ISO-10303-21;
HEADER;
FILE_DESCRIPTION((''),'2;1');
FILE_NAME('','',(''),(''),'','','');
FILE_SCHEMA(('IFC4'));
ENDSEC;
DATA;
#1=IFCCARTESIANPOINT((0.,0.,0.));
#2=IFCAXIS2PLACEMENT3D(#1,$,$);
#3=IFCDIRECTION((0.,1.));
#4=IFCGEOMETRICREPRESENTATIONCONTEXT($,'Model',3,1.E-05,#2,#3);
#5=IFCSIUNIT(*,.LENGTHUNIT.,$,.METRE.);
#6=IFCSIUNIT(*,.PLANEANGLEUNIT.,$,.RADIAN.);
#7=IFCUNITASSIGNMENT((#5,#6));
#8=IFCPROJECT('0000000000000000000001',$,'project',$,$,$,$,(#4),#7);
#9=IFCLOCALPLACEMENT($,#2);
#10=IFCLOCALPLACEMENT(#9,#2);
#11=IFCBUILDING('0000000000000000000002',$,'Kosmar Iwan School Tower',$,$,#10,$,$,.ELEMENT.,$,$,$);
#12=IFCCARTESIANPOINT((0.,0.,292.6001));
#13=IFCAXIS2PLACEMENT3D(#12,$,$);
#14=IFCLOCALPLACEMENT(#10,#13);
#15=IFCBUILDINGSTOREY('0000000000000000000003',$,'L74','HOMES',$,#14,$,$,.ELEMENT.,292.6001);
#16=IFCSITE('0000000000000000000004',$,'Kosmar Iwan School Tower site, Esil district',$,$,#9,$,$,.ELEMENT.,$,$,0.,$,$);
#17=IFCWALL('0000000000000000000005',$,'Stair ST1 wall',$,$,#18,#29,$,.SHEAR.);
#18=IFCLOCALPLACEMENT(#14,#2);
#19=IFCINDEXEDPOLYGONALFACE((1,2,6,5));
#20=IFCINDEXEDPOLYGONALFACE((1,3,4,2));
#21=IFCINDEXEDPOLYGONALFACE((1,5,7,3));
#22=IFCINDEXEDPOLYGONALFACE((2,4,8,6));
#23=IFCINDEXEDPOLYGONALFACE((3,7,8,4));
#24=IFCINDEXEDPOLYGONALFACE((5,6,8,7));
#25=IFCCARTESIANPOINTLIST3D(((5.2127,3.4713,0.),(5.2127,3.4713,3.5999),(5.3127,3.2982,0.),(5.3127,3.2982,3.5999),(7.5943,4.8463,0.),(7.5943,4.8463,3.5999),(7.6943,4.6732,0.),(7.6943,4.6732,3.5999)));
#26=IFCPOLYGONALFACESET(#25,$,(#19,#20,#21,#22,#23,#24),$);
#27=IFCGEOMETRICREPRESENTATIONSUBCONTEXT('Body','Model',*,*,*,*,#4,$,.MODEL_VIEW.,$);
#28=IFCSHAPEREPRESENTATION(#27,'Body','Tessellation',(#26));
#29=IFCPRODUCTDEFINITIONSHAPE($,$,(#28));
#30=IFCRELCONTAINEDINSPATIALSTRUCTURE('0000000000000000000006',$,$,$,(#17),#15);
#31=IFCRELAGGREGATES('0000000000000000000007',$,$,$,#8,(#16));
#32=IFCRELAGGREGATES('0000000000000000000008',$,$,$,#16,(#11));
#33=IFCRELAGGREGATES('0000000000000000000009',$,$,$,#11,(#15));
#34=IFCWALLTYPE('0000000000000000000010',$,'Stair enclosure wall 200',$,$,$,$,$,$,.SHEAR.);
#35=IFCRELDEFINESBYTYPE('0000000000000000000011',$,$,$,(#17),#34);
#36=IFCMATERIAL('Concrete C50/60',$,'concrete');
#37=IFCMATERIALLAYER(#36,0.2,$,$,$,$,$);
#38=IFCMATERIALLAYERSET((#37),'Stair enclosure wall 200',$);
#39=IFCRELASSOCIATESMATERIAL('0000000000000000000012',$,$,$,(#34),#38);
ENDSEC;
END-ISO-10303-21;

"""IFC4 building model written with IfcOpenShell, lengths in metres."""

from ifc_helpers import new_model, si_unit, direction, frame, frame_2d, origin, place, context, subcontext, project, spatial, rectangle, extrude, material, layer, layer_set, type_object, element, save


model = new_model("IFC4")

# Units and contexts
model_context = context("Model", 3, precision=1e-05, world=origin(), true_north=direction((0.0, 1.0)))
body_context = subcontext(model_context, "Body", "Model", "MODEL_VIEW")
ifc_project = project(units=[si_unit("LENGTHUNIT", "METRE"), si_unit("PLANEANGLEUNIT", "RADIAN")], contexts=[model_context])

# Site, building, storey
site_placement = place(None, origin())
site = spatial("IfcSite", under=ifc_project, at=site_placement, Name="Kosmar Iwan School Tower site, Esil district", CompositionType="ELEMENT", RefElevation=0.0)
building_placement = place(site_placement, origin())
building = spatial("IfcBuilding", under=site, at=building_placement, Name="Kosmar Iwan School Tower", CompositionType="ELEMENT")
storey_placement = place(building_placement, frame((0.0, 0.0, 292.6001)))
storey = spatial("IfcBuildingStorey", under=building, at=storey_placement, Name="L74", Description="HOMES", CompositionType="ELEMENT", Elevation=292.6001)

# Wall
ifc_material_1 = material(Name="Concrete C50/60", Category="concrete")
ifc_layer_1 = layer(ifc_material_1, 0.2)
ifc_layer_set_1 = layer_set([ifc_layer_1], Name="Stair enclosure wall 200")
wall_type_1 = type_object("IfcWallType", Name="Stair enclosure wall 200", PredefinedType="SHEAR", material=ifc_layer_set_1)
wall_1_placement = place(storey_placement, frame((5.2627, 3.3848, 0.0), z_axis=(0.0, 0.0, 1.0), x_axis=(0.866027, 0.499997, 0.0)))
element("IfcWall", 1, at=wall_1_placement, inside=storey, type_object=wall_type_1, Name="Stair ST1 wall", PredefinedType="SHEAR", context=body_context, shape_type="SweptSolid", body=[
    extrude(rectangle(XDim=2.75, YDim=0.2, at=frame_2d((1.375, 0.0))), origin(), (0.0, 0.0, 1.0), 3.5999),
])

save(model, "model.ifc")
